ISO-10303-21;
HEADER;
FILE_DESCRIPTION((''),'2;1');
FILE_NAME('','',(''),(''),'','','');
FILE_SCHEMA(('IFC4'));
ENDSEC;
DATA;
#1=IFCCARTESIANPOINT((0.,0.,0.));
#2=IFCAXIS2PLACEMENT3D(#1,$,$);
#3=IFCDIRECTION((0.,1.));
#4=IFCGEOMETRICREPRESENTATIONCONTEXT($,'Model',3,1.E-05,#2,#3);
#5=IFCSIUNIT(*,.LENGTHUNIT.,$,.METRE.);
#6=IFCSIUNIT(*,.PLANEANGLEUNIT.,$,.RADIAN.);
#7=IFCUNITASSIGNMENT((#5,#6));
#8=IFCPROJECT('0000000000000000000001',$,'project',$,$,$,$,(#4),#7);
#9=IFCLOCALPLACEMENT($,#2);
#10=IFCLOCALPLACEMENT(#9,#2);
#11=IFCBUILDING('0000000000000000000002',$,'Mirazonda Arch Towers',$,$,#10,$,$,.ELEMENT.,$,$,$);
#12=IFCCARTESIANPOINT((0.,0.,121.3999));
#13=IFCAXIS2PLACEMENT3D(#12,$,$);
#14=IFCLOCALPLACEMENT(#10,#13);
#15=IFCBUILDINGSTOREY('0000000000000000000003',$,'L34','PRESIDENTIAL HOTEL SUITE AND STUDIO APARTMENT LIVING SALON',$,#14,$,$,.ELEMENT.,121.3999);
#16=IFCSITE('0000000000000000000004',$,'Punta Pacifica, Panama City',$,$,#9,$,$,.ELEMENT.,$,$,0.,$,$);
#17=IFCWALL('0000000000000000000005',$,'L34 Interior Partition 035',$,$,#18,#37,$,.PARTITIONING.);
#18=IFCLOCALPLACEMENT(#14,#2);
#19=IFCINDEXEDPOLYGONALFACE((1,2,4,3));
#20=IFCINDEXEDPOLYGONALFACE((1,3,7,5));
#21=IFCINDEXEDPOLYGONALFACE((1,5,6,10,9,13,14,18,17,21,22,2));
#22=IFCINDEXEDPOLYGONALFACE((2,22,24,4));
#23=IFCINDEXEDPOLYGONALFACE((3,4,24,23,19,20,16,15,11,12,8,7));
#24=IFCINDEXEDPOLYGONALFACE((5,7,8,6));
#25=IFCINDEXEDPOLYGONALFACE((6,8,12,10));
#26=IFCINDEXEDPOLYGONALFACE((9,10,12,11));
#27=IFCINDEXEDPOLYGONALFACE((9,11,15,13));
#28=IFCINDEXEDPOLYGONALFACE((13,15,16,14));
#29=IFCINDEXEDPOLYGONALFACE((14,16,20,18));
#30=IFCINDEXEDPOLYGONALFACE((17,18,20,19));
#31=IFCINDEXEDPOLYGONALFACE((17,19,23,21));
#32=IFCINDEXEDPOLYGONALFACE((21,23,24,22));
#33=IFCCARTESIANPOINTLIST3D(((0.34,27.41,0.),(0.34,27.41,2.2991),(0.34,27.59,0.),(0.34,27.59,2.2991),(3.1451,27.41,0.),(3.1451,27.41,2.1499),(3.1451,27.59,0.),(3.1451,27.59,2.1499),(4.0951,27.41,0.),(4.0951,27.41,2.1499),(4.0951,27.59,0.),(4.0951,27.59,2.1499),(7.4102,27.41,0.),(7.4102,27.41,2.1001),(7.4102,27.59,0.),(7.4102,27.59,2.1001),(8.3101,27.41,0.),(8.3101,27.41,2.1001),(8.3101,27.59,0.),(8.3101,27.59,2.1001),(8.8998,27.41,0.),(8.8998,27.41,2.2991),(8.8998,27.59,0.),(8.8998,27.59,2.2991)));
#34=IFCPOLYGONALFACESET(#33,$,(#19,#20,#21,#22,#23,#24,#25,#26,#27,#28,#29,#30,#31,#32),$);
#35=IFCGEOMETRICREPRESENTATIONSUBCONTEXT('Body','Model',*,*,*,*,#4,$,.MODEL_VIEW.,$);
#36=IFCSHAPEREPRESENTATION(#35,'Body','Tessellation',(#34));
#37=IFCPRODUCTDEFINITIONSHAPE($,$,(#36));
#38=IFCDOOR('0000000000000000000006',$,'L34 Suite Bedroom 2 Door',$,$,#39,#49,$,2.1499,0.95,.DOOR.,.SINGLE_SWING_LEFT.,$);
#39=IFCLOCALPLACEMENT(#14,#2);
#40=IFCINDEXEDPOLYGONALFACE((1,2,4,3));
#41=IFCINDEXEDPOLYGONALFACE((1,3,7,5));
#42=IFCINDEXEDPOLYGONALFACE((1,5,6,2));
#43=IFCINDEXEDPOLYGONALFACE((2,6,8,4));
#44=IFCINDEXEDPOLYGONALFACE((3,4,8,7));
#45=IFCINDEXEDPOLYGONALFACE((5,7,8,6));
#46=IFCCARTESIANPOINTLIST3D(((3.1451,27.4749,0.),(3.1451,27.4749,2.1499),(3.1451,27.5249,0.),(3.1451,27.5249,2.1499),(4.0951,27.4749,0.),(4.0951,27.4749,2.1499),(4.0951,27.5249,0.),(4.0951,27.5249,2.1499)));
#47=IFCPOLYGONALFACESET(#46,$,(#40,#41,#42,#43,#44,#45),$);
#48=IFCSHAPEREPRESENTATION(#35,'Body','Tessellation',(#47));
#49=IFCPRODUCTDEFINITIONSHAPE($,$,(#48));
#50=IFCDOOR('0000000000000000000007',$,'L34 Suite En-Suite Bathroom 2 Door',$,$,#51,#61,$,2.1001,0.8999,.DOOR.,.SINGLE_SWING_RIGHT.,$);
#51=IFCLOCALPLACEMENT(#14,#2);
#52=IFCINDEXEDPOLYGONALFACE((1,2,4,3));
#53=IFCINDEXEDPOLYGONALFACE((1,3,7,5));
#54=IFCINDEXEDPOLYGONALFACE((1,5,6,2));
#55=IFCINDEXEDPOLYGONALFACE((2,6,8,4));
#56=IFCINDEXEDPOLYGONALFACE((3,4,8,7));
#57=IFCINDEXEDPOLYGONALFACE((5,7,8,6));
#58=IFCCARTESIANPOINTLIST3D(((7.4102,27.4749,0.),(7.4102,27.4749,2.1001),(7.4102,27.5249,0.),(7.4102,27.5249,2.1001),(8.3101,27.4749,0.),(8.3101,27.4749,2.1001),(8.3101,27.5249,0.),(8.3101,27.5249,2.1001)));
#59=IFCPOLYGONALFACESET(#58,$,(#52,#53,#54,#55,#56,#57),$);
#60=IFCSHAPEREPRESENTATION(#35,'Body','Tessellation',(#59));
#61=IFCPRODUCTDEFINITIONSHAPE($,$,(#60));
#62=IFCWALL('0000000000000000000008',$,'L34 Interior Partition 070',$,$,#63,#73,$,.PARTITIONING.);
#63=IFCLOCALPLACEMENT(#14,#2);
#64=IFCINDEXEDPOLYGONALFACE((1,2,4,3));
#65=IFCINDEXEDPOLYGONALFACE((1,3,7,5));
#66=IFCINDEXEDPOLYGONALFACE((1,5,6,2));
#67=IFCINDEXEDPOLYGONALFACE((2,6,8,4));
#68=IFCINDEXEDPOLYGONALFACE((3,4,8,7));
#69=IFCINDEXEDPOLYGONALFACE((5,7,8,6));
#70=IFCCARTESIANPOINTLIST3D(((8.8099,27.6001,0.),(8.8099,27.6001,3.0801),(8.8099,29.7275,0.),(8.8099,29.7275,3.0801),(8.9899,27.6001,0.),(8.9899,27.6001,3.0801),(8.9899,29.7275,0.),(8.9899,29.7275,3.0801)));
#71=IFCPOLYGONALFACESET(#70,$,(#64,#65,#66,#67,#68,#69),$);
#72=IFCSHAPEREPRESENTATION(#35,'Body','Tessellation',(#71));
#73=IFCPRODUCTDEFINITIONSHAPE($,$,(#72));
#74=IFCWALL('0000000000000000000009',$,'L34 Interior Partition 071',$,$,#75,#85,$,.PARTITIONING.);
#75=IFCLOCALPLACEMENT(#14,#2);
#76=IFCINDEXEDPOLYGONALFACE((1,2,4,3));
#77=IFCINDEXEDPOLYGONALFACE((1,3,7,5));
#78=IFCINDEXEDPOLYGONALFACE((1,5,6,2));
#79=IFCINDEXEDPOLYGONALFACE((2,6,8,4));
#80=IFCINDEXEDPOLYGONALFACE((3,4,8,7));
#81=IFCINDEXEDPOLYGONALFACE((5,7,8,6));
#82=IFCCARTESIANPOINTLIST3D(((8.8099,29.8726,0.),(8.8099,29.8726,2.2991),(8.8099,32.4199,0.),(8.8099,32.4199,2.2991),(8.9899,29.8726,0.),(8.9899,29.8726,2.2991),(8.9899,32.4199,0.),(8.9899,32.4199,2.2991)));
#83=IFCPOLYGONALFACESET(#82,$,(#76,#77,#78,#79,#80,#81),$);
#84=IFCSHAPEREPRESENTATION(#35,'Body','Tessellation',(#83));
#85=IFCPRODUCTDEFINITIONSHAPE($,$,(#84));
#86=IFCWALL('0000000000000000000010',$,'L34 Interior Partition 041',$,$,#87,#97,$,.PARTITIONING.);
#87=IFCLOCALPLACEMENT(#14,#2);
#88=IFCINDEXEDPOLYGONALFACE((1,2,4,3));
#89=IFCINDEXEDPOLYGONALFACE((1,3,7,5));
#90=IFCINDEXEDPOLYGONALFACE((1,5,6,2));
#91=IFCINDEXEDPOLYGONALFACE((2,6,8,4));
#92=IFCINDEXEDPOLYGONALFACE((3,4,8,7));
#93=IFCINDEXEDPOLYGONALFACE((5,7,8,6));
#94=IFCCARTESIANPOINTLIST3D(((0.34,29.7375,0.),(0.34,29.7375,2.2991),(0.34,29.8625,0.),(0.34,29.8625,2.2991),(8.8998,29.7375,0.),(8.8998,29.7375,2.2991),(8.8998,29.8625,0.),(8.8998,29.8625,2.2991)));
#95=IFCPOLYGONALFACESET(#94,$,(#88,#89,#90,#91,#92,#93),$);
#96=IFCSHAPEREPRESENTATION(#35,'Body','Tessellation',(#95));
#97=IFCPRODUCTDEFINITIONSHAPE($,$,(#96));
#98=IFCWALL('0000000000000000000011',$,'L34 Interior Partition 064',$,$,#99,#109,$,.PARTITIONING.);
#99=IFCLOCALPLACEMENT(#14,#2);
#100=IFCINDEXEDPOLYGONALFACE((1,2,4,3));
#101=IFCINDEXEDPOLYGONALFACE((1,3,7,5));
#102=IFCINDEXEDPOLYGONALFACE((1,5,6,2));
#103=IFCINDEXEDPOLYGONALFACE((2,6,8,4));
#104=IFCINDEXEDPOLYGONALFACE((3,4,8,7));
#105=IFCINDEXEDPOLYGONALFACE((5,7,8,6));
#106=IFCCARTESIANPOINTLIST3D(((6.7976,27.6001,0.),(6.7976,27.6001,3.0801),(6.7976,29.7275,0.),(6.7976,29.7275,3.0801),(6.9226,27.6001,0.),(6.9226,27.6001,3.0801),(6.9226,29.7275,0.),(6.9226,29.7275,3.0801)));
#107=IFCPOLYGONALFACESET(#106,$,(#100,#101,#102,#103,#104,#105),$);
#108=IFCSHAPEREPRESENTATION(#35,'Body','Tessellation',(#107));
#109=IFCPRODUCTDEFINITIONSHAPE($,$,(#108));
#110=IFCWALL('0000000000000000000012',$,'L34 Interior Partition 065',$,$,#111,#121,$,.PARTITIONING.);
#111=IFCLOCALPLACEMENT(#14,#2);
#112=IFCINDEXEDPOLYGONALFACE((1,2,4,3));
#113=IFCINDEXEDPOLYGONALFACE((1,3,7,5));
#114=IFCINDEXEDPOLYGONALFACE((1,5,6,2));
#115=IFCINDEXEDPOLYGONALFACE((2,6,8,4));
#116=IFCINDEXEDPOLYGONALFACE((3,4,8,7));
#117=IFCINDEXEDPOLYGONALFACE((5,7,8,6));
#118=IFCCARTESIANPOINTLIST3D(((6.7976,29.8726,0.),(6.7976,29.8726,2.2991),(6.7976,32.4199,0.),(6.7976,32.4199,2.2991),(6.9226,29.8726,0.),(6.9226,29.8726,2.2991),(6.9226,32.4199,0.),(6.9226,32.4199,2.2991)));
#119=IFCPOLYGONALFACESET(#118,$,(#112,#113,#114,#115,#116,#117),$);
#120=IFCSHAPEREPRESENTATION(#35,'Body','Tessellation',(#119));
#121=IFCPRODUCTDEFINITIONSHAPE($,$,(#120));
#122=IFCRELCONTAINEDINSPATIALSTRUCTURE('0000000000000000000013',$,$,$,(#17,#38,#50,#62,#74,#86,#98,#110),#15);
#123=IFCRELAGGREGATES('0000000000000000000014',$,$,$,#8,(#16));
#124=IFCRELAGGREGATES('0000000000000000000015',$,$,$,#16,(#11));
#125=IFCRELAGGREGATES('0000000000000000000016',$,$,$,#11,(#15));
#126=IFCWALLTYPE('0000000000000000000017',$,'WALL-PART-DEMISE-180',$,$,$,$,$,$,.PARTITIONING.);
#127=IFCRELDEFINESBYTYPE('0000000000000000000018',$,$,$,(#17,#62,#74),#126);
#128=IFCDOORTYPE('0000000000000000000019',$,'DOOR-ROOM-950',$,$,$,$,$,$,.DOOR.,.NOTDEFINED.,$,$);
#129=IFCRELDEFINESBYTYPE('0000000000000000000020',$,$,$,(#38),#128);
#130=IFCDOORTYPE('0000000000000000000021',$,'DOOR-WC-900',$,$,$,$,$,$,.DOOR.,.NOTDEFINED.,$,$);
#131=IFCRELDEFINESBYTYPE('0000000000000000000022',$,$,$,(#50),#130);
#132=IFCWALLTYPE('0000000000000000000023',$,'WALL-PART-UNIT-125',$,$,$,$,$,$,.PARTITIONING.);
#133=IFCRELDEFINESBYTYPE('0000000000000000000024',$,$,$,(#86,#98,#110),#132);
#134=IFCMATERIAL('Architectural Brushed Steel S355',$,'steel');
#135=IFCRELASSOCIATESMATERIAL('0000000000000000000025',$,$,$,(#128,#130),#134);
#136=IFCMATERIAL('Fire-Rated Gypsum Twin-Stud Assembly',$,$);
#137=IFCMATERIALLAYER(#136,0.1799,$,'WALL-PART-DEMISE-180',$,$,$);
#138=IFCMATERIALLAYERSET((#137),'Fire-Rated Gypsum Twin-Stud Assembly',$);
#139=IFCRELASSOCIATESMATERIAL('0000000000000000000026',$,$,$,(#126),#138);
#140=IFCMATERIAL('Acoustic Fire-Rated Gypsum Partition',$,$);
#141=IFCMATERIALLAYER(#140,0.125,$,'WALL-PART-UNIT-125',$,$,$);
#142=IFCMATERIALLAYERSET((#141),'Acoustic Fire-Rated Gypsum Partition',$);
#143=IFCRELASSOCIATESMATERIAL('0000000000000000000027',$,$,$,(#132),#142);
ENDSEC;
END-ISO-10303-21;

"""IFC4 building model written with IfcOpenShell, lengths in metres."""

from ifc_helpers import new_model, si_unit, direction, frame, frame_2d, origin, place, context, subcontext, project, spatial, rectangle, extrude, material, layer, layer_set, type_object, element, fill, save


model = new_model("IFC4")

# Units and contexts
model_context = context("Model", 3, precision=1e-05, world=origin(), true_north=direction((0.0, 1.0)))
body_context = subcontext(model_context, "Body", "Model", "MODEL_VIEW")
ifc_project = project(units=[si_unit("LENGTHUNIT", "METRE"), si_unit("PLANEANGLEUNIT", "RADIAN")], contexts=[model_context])

# Site, building, storey
site_placement = place(None, origin())
site = spatial("IfcSite", under=ifc_project, at=site_placement, Name="Punta Pacifica, Panama City", CompositionType="ELEMENT", RefElevation=0.0)
building_placement = place(site_placement, origin())
building = spatial("IfcBuilding", under=site, at=building_placement, Name="Mirazonda Arch Towers", CompositionType="ELEMENT")
storey_placement = place(building_placement, frame((0.0, 0.0, 121.3999)))
storey = spatial("IfcBuildingStorey", under=building, at=storey_placement, Name="L34", Description="PRESIDENTIAL HOTEL SUITE AND STUDIO APARTMENT LIVING SALON", CompositionType="ELEMENT", Elevation=121.3999)

# Shared definitions
ifc_material_1 = material(Name="Architectural Brushed Steel S355", Category="steel")
door_type_1 = type_object("IfcDoorType", Name="DOOR-ROOM-950", OperationType="NOTDEFINED", PredefinedType="DOOR", material=ifc_material_1)

# Wall, openings, doors
ifc_material_2 = material(Name="Fire-Rated Gypsum Twin-Stud Assembly")
ifc_layer_1 = layer(ifc_material_2, 0.1799, Name="WALL-PART-DEMISE-180")
ifc_layer_set_1 = layer_set([ifc_layer_1], Name="Fire-Rated Gypsum Twin-Stud Assembly")
wall_type_1 = type_object("IfcWallType", Name="WALL-PART-DEMISE-180", PredefinedType="PARTITIONING", material=ifc_layer_set_1)
wall_1_placement = place(storey_placement, frame((0.3401, 27.5, 0.0), z_axis=(0.0, 0.0, 1.0), x_axis=(1.0, 0.0, 0.0)))
wall_1 = element("IfcWall", 1, at=wall_1_placement, inside=storey, type_object=wall_type_1, Name="L34 Interior Partition 035", PredefinedType="PARTITIONING", context=body_context, shape_type="SweptSolid", body=[
    extrude(rectangle(XDim=8.5598, YDim=0.1799, at=frame_2d((4.2798, 0.0))), origin(), (0.0, 0.0, 1.0), 2.2991),
])
opening_1_placement = place(wall_1_placement, frame((2.8049, 0.0, 0.0)))
opening_1 = element("IfcOpeningElement", 2, at=opening_1_placement, cuts=wall_1, PredefinedType="OPENING", context=body_context, shape_type="SweptSolid", body=[
    extrude(rectangle(XDim=0.95, YDim=2.1499, at=frame_2d((0.4751, 1.075))), frame((0.0, 0.0999, 0.0), z_axis=(0.0, -1.0, 0.0), x_axis=(1.0, 0.0, 0.0)), (0.0, 0.0, 1.0), 0.2),
])
opening_2_placement = place(wall_1_placement, frame((7.0701, 0.0, 0.0)))
opening_2 = element("IfcOpeningElement", 3, at=opening_2_placement, cuts=wall_1, PredefinedType="OPENING", context=body_context, shape_type="SweptSolid", body=[
    extrude(rectangle(XDim=0.8999, YDim=2.1001, at=frame_2d((0.45, 1.05))), frame((0.0, 0.0999, 0.0), z_axis=(0.0, -1.0, 0.0), x_axis=(1.0, 0.0, 0.0)), (0.0, 0.0, 1.0), 0.2),
])
door_1_placement = place(opening_1_placement, origin())
door_1 = element("IfcDoor", 4, at=door_1_placement, inside=storey, type_object=door_type_1, Name="L34 Suite Bedroom 2 Door", OperationType="SINGLE_SWING_LEFT", OverallHeight=2.1499, OverallWidth=0.95, PredefinedType="DOOR", context=body_context, shape_type="SweptSolid", body=[
    extrude(rectangle(XDim=0.95, YDim=2.1499, at=frame_2d((0.4751, 1.075))), frame((0.0, 0.0249, 0.0), z_axis=(0.0, -1.0, 0.0), x_axis=(1.0, 0.0, 0.0)), (0.0, 0.0, 1.0), 0.05),
])
fill(opening_1, door_1)
door_type_2 = type_object("IfcDoorType", Name="DOOR-WC-900", OperationType="NOTDEFINED", PredefinedType="DOOR", material=ifc_material_1)
door_2_placement = place(opening_2_placement, origin())
door_2 = element("IfcDoor", 5, at=door_2_placement, inside=storey, type_object=door_type_2, Name="L34 Suite En-Suite Bathroom 2 Door", OperationType="SINGLE_SWING_RIGHT", OverallHeight=2.1001, OverallWidth=0.8999, PredefinedType="DOOR", context=body_context, shape_type="SweptSolid", body=[
    extrude(rectangle(XDim=0.8999, YDim=2.1001, at=frame_2d((0.45, 1.05))), frame((0.0, 0.0249, 0.0), z_axis=(0.0, -1.0, 0.0), x_axis=(1.0, 0.0, 0.0)), (0.0, 0.0, 1.0), 0.05),
])
fill(opening_2, door_2)

# Walls
wall_2_placement = place(storey_placement, frame((8.8999, 27.6001, 0.0), z_axis=(0.0, 0.0, 1.0), x_axis=(0.0, 1.0, 0.0)))
element("IfcWall", 6, at=wall_2_placement, inside=storey, type_object=wall_type_1, Name="L34 Interior Partition 070", PredefinedType="PARTITIONING", context=body_context, shape_type="SweptSolid", body=[
    extrude(rectangle(XDim=2.1274, YDim=0.1799, at=frame_2d((1.0637, 0.0))), origin(), (0.0, 0.0, 1.0), 3.0801),
])
wall_3_placement = place(storey_placement, frame((8.8999, 29.8726, 0.0), z_axis=(0.0, 0.0, 1.0), x_axis=(0.0, 1.0, 0.0)))
element("IfcWall", 7, at=wall_3_placement, inside=storey, type_object=wall_type_1, Name="L34 Interior Partition 071", PredefinedType="PARTITIONING", context=body_context, shape_type="SweptSolid", body=[
    extrude(rectangle(XDim=2.5474, YDim=0.1799, at=frame_2d((1.2737, 0.0))), origin(), (0.0, 0.0, 1.0), 2.2991),
])
ifc_material_3 = material(Name="Acoustic Fire-Rated Gypsum Partition")
ifc_layer_2 = layer(ifc_material_3, 0.125, Name="WALL-PART-UNIT-125")
ifc_layer_set_2 = layer_set([ifc_layer_2], Name="Acoustic Fire-Rated Gypsum Partition")
wall_type_2 = type_object("IfcWallType", Name="WALL-PART-UNIT-125", PredefinedType="PARTITIONING", material=ifc_layer_set_2)
wall_4_placement = place(storey_placement, frame((0.3401, 29.8, 0.0), z_axis=(0.0, 0.0, 1.0), x_axis=(1.0, 0.0, 0.0)))
element("IfcWall", 8, at=wall_4_placement, inside=storey, type_object=wall_type_2, Name="L34 Interior Partition 041", PredefinedType="PARTITIONING", context=body_context, shape_type="SweptSolid", body=[
    extrude(rectangle(XDim=8.5598, YDim=0.125, at=frame_2d((4.2798, 0.0))), origin(), (0.0, 0.0, 1.0), 2.2991),
])
wall_5_placement = place(storey_placement, frame((6.8601, 27.6001, 0.0), z_axis=(0.0, 0.0, 1.0), x_axis=(0.0, 1.0, 0.0)))
element("IfcWall", 9, at=wall_5_placement, inside=storey, type_object=wall_type_2, Name="L34 Interior Partition 064", PredefinedType="PARTITIONING", context=body_context, shape_type="SweptSolid", body=[
    extrude(rectangle(XDim=2.1274, YDim=0.125, at=frame_2d((1.0637, 0.0))), origin(), (0.0, 0.0, 1.0), 3.0801),
])
wall_6_placement = place(storey_placement, frame((6.8601, 29.8726, 0.0), z_axis=(0.0, 0.0, 1.0), x_axis=(0.0, 1.0, 0.0)))
element("IfcWall", 10, at=wall_6_placement, inside=storey, type_object=wall_type_2, Name="L34 Interior Partition 065", PredefinedType="PARTITIONING", context=body_context, shape_type="SweptSolid", body=[
    extrude(rectangle(XDim=2.5474, YDim=0.125, at=frame_2d((1.2737, 0.0))), origin(), (0.0, 0.0, 1.0), 2.2991),
])

save(model, "model.ifc")
